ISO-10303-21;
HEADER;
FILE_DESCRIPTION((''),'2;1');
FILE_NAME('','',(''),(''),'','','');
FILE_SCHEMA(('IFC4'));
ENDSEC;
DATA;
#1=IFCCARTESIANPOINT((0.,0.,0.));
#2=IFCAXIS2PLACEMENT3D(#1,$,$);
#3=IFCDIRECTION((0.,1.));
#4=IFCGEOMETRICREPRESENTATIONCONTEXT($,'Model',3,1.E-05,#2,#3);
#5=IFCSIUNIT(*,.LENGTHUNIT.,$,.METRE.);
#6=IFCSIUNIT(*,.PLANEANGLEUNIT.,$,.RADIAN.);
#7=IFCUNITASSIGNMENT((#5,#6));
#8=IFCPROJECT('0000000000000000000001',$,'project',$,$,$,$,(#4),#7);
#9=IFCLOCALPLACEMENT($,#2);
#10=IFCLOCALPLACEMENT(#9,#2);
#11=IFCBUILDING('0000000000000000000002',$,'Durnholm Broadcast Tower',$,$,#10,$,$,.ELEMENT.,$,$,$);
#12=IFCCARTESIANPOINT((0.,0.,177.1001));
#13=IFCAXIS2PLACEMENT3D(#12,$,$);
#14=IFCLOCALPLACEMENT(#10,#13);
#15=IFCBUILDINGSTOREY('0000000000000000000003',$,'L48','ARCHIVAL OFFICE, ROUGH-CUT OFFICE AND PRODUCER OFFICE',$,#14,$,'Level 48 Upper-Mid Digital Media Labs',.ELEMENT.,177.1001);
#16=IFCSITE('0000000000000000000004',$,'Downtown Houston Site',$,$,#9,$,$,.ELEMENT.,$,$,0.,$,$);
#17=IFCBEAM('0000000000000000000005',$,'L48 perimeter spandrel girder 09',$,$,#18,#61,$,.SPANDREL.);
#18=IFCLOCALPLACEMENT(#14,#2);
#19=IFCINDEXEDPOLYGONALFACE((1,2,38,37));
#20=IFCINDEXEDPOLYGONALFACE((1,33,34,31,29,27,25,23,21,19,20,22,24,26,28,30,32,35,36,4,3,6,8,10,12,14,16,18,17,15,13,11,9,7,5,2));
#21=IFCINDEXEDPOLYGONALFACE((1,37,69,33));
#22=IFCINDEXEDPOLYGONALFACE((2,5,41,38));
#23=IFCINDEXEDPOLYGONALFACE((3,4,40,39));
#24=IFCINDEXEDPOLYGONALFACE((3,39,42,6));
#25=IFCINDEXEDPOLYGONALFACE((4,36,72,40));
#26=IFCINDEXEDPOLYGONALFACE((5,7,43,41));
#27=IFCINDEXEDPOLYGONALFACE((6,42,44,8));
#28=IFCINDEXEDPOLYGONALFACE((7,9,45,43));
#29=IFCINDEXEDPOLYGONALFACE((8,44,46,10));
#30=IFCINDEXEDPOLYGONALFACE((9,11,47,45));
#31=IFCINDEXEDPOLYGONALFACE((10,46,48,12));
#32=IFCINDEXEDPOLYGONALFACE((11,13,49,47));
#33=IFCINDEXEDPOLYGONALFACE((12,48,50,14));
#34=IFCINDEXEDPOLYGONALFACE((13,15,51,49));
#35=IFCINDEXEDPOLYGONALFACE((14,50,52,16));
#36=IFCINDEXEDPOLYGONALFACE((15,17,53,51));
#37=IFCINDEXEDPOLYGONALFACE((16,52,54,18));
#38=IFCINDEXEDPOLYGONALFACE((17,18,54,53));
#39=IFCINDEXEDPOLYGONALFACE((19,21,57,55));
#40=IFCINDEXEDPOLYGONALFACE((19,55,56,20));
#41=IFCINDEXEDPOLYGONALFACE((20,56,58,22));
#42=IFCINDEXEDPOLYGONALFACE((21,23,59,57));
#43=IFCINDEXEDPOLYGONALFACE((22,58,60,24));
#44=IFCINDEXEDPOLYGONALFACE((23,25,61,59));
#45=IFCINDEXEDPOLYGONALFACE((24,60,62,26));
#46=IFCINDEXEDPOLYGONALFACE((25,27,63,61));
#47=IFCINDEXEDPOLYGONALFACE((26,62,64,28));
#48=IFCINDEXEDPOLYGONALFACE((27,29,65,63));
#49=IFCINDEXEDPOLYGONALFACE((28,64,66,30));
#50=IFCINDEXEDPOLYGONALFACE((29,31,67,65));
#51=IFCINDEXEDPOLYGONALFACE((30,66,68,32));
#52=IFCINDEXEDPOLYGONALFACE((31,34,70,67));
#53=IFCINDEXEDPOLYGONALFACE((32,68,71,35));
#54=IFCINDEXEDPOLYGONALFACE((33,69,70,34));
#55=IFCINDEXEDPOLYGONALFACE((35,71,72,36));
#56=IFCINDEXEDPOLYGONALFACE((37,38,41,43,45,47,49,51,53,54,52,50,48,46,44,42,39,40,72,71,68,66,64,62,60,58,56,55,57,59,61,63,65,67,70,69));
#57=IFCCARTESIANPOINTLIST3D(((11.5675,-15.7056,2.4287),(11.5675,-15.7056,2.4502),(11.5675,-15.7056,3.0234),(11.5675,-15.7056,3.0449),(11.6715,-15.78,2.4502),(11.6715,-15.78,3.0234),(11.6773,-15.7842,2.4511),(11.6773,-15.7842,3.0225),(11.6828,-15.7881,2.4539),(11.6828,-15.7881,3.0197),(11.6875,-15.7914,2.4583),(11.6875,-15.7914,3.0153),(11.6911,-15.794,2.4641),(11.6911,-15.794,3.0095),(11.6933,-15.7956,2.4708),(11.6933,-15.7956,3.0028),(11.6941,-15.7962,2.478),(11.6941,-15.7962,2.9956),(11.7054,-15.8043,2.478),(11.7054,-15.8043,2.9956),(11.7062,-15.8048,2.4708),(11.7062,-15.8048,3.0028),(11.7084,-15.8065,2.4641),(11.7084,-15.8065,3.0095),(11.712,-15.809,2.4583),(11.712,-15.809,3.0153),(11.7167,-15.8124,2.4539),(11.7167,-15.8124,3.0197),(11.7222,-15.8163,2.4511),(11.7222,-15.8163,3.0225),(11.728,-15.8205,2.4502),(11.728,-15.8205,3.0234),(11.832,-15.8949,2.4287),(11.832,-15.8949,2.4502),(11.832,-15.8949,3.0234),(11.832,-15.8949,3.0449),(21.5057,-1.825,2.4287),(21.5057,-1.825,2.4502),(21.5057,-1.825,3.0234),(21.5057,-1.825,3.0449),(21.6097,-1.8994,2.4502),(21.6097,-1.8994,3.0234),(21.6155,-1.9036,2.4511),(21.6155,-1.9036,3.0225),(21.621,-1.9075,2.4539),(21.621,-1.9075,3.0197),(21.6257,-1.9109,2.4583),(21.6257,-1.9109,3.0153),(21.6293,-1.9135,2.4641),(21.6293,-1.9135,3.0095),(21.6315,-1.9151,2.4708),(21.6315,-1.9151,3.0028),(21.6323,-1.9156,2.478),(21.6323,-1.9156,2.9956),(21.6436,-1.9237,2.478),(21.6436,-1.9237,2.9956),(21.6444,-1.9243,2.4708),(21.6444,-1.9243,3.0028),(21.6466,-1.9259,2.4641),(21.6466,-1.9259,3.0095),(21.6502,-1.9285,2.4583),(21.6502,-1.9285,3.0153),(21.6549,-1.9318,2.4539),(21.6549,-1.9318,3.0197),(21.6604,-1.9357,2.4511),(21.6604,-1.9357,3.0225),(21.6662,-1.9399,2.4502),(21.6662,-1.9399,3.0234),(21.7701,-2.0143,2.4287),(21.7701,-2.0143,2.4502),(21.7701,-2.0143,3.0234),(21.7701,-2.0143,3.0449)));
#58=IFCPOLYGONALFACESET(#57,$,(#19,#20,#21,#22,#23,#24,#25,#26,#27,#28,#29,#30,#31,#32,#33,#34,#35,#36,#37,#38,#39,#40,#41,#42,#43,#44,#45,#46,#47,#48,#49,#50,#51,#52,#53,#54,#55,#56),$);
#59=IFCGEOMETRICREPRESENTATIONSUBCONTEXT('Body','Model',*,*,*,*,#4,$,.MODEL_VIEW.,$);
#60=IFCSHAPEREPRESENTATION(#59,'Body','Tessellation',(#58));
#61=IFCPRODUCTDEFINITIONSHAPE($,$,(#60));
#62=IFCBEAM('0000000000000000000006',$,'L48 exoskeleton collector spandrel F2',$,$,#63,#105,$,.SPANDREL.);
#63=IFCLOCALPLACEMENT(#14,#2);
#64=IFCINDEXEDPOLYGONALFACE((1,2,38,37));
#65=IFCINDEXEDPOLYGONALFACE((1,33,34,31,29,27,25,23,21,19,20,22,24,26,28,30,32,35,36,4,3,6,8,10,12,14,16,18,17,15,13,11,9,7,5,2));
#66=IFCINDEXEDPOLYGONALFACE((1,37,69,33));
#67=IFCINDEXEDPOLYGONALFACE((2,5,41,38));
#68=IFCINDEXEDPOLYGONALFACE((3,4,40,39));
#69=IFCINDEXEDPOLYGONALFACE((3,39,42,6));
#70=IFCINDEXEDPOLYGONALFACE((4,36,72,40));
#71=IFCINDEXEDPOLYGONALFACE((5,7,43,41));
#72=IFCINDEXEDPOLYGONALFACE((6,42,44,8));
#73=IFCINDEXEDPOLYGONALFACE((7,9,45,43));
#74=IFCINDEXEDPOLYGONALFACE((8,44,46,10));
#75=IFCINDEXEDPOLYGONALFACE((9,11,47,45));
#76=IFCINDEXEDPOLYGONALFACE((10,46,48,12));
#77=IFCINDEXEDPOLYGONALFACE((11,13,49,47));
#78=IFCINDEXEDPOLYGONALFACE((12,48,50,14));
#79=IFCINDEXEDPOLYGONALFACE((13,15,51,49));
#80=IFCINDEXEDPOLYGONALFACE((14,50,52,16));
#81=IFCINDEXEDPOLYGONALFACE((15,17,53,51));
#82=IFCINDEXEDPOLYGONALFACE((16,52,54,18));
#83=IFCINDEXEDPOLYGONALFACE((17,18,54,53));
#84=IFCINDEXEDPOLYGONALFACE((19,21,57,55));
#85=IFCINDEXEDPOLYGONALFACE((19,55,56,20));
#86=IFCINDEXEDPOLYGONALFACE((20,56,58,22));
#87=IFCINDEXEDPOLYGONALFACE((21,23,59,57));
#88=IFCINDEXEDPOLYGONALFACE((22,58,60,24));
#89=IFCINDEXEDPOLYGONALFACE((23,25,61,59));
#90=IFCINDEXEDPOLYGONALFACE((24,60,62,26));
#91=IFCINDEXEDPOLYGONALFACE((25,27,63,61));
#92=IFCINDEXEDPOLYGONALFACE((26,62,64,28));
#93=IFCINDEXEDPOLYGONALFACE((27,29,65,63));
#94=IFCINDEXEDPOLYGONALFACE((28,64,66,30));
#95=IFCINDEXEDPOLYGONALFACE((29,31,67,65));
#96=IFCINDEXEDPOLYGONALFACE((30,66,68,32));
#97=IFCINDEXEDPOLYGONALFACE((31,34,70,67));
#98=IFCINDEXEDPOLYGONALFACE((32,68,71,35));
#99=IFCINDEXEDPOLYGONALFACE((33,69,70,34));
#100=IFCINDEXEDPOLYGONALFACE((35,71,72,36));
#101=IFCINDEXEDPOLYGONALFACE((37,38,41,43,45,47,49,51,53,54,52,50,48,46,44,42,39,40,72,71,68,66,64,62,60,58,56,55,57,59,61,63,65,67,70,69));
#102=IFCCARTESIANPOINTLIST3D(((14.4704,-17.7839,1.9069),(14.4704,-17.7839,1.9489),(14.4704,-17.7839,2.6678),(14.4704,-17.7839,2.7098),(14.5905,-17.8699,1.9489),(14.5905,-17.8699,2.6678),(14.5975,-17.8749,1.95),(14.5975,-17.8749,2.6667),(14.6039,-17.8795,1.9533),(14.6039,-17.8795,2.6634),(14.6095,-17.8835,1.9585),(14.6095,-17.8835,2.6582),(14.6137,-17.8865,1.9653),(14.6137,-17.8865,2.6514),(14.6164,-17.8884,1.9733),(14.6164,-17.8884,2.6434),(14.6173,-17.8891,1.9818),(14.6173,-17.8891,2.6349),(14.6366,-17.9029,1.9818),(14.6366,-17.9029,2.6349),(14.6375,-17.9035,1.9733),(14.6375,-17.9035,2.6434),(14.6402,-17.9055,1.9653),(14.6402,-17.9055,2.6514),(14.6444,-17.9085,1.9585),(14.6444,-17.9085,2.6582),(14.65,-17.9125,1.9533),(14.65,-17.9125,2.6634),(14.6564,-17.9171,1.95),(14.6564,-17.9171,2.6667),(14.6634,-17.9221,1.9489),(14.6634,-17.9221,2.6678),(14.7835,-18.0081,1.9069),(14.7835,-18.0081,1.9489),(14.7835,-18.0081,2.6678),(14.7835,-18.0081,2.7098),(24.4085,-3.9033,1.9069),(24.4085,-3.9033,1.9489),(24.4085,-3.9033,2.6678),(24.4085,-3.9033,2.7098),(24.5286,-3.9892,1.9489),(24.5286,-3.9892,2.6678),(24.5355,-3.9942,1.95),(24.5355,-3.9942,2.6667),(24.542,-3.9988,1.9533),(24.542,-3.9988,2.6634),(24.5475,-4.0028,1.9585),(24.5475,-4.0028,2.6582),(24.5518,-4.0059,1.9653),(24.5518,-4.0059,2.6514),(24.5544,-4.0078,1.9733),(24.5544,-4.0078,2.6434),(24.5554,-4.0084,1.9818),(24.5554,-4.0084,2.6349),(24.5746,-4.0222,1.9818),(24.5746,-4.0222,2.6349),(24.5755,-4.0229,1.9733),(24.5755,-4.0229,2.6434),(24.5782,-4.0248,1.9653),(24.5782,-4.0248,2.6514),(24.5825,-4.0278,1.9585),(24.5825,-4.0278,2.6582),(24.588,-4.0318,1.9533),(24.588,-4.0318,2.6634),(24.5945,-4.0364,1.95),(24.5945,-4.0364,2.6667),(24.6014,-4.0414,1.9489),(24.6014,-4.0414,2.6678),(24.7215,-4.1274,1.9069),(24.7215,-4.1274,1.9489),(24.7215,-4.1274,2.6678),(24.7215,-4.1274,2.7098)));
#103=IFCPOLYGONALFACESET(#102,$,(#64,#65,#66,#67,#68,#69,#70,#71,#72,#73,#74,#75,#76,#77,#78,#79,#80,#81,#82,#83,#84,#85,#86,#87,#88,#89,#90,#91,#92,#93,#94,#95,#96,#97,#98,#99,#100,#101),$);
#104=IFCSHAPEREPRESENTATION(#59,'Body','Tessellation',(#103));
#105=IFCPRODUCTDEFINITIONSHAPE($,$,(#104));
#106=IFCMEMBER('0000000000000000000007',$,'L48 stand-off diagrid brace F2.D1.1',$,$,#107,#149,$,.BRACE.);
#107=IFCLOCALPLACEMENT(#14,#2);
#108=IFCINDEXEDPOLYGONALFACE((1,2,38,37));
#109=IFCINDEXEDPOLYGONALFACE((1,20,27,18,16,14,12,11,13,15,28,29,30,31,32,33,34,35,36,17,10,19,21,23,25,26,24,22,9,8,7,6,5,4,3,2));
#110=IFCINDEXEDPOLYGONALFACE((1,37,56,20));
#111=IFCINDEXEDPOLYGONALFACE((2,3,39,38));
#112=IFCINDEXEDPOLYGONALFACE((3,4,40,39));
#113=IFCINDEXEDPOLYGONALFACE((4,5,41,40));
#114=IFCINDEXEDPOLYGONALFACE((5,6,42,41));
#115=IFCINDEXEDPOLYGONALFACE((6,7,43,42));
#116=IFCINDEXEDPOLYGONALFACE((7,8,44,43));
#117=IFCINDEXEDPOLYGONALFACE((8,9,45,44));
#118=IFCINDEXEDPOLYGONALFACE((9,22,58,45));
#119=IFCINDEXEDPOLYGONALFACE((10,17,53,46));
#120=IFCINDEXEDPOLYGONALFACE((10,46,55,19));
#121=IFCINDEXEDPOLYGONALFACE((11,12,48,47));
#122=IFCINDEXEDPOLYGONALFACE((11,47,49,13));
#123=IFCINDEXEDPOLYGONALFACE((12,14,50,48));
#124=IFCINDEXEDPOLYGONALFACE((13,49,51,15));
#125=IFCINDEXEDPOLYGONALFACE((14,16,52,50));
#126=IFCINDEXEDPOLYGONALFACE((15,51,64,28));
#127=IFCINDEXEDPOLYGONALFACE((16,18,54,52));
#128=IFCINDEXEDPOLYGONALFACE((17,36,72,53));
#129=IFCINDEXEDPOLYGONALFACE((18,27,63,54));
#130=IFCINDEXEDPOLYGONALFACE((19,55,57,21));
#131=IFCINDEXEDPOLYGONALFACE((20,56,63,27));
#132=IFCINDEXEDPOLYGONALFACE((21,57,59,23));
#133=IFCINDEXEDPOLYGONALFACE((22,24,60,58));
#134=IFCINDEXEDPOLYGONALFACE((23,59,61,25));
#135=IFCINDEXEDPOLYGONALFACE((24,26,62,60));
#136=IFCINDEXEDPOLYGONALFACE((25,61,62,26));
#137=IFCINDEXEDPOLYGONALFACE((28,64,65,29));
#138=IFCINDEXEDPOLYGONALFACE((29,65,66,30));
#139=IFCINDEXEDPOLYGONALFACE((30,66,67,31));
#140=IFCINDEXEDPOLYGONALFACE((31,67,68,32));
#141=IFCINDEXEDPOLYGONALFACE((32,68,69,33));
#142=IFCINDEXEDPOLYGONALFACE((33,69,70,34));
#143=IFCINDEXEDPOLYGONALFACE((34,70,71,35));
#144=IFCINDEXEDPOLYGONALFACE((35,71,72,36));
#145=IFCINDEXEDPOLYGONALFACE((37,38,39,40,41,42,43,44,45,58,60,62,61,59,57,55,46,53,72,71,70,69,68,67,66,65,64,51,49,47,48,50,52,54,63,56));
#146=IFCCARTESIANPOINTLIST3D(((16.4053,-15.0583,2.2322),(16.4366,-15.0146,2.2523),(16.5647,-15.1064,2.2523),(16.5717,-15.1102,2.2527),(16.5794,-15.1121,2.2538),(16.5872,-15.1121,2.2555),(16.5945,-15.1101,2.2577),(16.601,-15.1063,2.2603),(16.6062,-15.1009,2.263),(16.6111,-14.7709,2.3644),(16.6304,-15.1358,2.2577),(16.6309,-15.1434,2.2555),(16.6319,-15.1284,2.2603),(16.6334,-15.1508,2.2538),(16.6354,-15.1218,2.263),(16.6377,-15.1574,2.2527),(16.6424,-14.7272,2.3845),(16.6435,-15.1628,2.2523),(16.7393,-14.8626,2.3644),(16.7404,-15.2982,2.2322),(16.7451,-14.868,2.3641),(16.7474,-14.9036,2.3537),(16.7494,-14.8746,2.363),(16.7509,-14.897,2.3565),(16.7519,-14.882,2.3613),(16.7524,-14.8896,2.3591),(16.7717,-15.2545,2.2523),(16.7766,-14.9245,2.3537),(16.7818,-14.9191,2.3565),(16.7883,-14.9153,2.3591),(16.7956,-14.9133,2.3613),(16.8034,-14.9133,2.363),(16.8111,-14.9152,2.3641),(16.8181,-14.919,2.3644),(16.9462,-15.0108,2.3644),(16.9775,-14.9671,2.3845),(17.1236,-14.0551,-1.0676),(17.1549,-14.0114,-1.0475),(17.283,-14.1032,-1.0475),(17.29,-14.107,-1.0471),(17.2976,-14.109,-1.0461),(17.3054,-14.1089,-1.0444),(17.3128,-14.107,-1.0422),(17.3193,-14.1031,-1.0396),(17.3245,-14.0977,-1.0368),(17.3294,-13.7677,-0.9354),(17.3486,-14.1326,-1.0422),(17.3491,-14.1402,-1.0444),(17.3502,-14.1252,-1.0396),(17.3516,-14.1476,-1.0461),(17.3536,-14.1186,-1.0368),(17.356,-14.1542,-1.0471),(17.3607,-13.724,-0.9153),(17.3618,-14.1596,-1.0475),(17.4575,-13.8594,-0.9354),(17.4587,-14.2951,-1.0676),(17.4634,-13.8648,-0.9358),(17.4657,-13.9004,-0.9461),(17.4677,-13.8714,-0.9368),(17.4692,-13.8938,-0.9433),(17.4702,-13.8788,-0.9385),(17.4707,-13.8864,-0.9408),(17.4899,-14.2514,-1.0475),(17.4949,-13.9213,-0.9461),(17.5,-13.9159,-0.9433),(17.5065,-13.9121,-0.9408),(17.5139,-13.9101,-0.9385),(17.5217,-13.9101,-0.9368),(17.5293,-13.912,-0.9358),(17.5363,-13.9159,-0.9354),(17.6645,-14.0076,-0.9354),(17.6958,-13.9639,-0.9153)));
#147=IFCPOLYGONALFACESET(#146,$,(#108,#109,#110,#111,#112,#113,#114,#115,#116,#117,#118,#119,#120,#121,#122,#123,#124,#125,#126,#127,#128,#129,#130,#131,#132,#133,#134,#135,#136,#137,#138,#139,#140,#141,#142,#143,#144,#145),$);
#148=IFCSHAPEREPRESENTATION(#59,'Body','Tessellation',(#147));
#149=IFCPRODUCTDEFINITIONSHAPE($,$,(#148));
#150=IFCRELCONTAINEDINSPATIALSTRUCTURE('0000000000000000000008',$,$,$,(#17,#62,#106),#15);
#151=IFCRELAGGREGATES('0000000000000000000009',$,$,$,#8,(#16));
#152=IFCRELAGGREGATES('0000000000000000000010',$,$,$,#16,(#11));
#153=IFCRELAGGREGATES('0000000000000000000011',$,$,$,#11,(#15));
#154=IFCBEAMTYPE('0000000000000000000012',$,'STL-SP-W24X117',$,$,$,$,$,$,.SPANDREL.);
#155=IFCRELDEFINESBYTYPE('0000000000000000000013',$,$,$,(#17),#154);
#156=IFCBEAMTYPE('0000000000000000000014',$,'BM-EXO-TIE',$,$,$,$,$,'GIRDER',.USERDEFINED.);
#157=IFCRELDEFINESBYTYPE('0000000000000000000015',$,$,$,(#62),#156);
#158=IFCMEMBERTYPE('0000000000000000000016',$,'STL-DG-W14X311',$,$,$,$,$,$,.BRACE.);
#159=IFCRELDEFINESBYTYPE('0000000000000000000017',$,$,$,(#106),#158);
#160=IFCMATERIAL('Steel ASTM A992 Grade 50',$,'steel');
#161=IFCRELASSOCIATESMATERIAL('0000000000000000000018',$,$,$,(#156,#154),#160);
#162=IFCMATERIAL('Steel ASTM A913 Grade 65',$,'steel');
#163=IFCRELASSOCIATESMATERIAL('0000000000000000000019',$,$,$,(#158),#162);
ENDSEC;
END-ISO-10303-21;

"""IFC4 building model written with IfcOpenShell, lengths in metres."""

from ifc_helpers import new_model, si_unit, direction, frame, origin, origin_2d, place, context, subcontext, project, spatial, i_section, extrude, source, transform, mapped, material, material_profile, profile_set, type_object, type_shapes, element, save


model = new_model("IFC4")

# Units and contexts
model_context = context("Model", 3, precision=1e-05, world=origin(), true_north=direction((0.0, 1.0)))
body_context = subcontext(model_context, "Body", "Model", "MODEL_VIEW")
ifc_project = project(units=[si_unit("LENGTHUNIT", "METRE"), si_unit("PLANEANGLEUNIT", "RADIAN")], contexts=[model_context])

# Site, building, storey
site_placement = place(None, origin())
site = spatial("IfcSite", under=ifc_project, at=site_placement, Name="Downtown Houston Site", CompositionType="ELEMENT", RefElevation=0.0)
building_placement = place(site_placement, origin())
building = spatial("IfcBuilding", under=site, at=building_placement, Name="Durnholm Broadcast Tower", CompositionType="ELEMENT")
storey_placement = place(building_placement, frame((0.0, 0.0, 177.1001)))
storey = spatial("IfcBuildingStorey", under=building, at=storey_placement, Name="L48", Description="ARCHIVAL OFFICE, ROUGH-CUT OFFICE AND PRODUCER OFFICE", LongName="Level 48 Upper-Mid Digital Media Labs", CompositionType="ELEMENT", Elevation=177.1001)

# Beams
ifc_material_1 = material(Name="Steel ASTM A992 Grade 50", Category="steel")
ifc_material_profile_1 = material_profile(ifc_material_1, i_section(OverallWidth=0.385, OverallDepth=0.803, WebThickness=0.0237, FlangeThickness=0.042, FilletRadius=0.033, at=origin_2d()), Name="W30X261")
ifc_profile_set_1 = profile_set([ifc_material_profile_1], Name="Steel ASTM A992 Grade 50")
beam_type_1 = type_object("IfcBeamType", Name="BM-EXO-TIE", ElementType="GIRDER", PredefinedType="USERDEFINED", material=ifc_profile_set_1)
ifc_material_profile_2 = material_profile(ifc_material_1, i_section(OverallWidth=0.3252, OverallDepth=0.6162, WebThickness=0.0139, FlangeThickness=0.0215, FilletRadius=0.0278, at=origin_2d()), Name="W24X117")
ifc_profile_set_2 = profile_set([ifc_material_profile_2], Name="Steel ASTM A992 Grade 50")
beam_type_2 = type_object("IfcBeamType", Name="STL-SP-W24X117", PredefinedType="SPANDREL", material=ifc_profile_set_2)
shared_shape_1 = source(origin(), body_context, "Body", "SweptSolid", [
    extrude(i_section(OverallWidth=0.3252, OverallDepth=0.6162, WebThickness=0.0139, FlangeThickness=0.0215, FilletRadius=0.0278, at=origin_2d()), origin(), (0.0, 0.0, 1.0), 17.0715),
])
beam_1_placement = place(storey_placement, frame((21.6379, -1.9197, 2.7368), z_axis=(-0.58215, -0.813082, 0.0), x_axis=(0.813082, -0.58215, 0.0)))
element("IfcBeam", 1, at=beam_1_placement, inside=storey, type_object=beam_type_2, Name="L48 perimeter spandrel girder 09", PredefinedType="SPANDREL", context=body_context, shape_type="MappedRepresentation", body=[
    mapped(shared_shape_1, transform((0.0, 0.0, 0.0), x_axis=(1.0, 0.0, 0.0), y_axis=(0.0, 1.0, 0.0), z_axis=(0.0, 0.0, 1.0), scale=1.0)),
])
shared_shape_2 = source(origin(), body_context, "Body", "SweptSolid", [
    extrude(i_section(OverallWidth=0.385, OverallDepth=0.803, WebThickness=0.0237, FlangeThickness=0.042, FilletRadius=0.033, at=origin_2d()), origin(), (0.0, 0.0, 1.0), 17.0715),
])
beam_2_placement = place(storey_placement, frame((14.627, -17.896, 2.3083), z_axis=(0.58214, 0.813088, 0.0), x_axis=(-0.813088, 0.58214, 0.0)))
element("IfcBeam", 2, at=beam_2_placement, inside=storey, type_object=beam_type_1, Name="L48 exoskeleton collector spandrel F2", PredefinedType="SPANDREL", context=body_context, shape_type="MappedRepresentation", body=[
    mapped(shared_shape_2, transform((0.0, 0.0, 0.0), x_axis=(1.0, 0.0, 0.0), y_axis=(0.0, 1.0, 0.0), z_axis=(0.0, 0.0, 1.0), scale=1.0)),
])

# Member
ifc_material_2 = material(Name="Steel ASTM A913 Grade 65", Category="steel")
ifc_material_profile_3 = material_profile(ifc_material_2, i_section(OverallWidth=0.4121, OverallDepth=0.4348, WebThickness=0.0359, FlangeThickness=0.0574, FilletRadius=0.0305, at=origin_2d()), Name="W14X311")
ifc_profile_set_3 = profile_set([ifc_material_profile_3], Name="Steel ASTM A913 Grade 65")
member_type_1 = type_object("IfcMemberType", Name="STL-DG-W14X311", PredefinedType="BRACE", material=ifc_profile_set_3)
shared_shape_3 = source(origin(), body_context, "Body", "SweptSolid", [
    extrude(i_section(OverallWidth=0.4121, OverallDepth=0.4348, WebThickness=0.0359, FlangeThickness=0.0574, FilletRadius=0.0305, at=origin_2d()), origin(), (0.0, 0.0, 1.0), 3.5229),
])
type_shapes(member_type_1, [shared_shape_3])
for number, where, z_axis, x_axis, name in (
    (3, (17.4097, -14.0095, -0.9915), (-0.203882, -0.284756, 0.936667), (0.813078, -0.582155, 0.0), "L48 stand-off diagrid brace F2.D1.1"),
):
    element("IfcMember", number, at=place(storey_placement, frame(where, z_axis=z_axis, x_axis=x_axis)), inside=storey, type_object=member_type_1, Name=name, PredefinedType="BRACE", context=body_context, shape_type="MappedRepresentation", body=[
        mapped(shared_shape_3, transform((0.0, 0.0, 0.0), x_axis=(1.0, 0.0, 0.0), y_axis=(0.0, 1.0, 0.0), z_axis=(0.0, 0.0, 1.0), scale=1.0)),
    ])

save(model, "model.ifc")
